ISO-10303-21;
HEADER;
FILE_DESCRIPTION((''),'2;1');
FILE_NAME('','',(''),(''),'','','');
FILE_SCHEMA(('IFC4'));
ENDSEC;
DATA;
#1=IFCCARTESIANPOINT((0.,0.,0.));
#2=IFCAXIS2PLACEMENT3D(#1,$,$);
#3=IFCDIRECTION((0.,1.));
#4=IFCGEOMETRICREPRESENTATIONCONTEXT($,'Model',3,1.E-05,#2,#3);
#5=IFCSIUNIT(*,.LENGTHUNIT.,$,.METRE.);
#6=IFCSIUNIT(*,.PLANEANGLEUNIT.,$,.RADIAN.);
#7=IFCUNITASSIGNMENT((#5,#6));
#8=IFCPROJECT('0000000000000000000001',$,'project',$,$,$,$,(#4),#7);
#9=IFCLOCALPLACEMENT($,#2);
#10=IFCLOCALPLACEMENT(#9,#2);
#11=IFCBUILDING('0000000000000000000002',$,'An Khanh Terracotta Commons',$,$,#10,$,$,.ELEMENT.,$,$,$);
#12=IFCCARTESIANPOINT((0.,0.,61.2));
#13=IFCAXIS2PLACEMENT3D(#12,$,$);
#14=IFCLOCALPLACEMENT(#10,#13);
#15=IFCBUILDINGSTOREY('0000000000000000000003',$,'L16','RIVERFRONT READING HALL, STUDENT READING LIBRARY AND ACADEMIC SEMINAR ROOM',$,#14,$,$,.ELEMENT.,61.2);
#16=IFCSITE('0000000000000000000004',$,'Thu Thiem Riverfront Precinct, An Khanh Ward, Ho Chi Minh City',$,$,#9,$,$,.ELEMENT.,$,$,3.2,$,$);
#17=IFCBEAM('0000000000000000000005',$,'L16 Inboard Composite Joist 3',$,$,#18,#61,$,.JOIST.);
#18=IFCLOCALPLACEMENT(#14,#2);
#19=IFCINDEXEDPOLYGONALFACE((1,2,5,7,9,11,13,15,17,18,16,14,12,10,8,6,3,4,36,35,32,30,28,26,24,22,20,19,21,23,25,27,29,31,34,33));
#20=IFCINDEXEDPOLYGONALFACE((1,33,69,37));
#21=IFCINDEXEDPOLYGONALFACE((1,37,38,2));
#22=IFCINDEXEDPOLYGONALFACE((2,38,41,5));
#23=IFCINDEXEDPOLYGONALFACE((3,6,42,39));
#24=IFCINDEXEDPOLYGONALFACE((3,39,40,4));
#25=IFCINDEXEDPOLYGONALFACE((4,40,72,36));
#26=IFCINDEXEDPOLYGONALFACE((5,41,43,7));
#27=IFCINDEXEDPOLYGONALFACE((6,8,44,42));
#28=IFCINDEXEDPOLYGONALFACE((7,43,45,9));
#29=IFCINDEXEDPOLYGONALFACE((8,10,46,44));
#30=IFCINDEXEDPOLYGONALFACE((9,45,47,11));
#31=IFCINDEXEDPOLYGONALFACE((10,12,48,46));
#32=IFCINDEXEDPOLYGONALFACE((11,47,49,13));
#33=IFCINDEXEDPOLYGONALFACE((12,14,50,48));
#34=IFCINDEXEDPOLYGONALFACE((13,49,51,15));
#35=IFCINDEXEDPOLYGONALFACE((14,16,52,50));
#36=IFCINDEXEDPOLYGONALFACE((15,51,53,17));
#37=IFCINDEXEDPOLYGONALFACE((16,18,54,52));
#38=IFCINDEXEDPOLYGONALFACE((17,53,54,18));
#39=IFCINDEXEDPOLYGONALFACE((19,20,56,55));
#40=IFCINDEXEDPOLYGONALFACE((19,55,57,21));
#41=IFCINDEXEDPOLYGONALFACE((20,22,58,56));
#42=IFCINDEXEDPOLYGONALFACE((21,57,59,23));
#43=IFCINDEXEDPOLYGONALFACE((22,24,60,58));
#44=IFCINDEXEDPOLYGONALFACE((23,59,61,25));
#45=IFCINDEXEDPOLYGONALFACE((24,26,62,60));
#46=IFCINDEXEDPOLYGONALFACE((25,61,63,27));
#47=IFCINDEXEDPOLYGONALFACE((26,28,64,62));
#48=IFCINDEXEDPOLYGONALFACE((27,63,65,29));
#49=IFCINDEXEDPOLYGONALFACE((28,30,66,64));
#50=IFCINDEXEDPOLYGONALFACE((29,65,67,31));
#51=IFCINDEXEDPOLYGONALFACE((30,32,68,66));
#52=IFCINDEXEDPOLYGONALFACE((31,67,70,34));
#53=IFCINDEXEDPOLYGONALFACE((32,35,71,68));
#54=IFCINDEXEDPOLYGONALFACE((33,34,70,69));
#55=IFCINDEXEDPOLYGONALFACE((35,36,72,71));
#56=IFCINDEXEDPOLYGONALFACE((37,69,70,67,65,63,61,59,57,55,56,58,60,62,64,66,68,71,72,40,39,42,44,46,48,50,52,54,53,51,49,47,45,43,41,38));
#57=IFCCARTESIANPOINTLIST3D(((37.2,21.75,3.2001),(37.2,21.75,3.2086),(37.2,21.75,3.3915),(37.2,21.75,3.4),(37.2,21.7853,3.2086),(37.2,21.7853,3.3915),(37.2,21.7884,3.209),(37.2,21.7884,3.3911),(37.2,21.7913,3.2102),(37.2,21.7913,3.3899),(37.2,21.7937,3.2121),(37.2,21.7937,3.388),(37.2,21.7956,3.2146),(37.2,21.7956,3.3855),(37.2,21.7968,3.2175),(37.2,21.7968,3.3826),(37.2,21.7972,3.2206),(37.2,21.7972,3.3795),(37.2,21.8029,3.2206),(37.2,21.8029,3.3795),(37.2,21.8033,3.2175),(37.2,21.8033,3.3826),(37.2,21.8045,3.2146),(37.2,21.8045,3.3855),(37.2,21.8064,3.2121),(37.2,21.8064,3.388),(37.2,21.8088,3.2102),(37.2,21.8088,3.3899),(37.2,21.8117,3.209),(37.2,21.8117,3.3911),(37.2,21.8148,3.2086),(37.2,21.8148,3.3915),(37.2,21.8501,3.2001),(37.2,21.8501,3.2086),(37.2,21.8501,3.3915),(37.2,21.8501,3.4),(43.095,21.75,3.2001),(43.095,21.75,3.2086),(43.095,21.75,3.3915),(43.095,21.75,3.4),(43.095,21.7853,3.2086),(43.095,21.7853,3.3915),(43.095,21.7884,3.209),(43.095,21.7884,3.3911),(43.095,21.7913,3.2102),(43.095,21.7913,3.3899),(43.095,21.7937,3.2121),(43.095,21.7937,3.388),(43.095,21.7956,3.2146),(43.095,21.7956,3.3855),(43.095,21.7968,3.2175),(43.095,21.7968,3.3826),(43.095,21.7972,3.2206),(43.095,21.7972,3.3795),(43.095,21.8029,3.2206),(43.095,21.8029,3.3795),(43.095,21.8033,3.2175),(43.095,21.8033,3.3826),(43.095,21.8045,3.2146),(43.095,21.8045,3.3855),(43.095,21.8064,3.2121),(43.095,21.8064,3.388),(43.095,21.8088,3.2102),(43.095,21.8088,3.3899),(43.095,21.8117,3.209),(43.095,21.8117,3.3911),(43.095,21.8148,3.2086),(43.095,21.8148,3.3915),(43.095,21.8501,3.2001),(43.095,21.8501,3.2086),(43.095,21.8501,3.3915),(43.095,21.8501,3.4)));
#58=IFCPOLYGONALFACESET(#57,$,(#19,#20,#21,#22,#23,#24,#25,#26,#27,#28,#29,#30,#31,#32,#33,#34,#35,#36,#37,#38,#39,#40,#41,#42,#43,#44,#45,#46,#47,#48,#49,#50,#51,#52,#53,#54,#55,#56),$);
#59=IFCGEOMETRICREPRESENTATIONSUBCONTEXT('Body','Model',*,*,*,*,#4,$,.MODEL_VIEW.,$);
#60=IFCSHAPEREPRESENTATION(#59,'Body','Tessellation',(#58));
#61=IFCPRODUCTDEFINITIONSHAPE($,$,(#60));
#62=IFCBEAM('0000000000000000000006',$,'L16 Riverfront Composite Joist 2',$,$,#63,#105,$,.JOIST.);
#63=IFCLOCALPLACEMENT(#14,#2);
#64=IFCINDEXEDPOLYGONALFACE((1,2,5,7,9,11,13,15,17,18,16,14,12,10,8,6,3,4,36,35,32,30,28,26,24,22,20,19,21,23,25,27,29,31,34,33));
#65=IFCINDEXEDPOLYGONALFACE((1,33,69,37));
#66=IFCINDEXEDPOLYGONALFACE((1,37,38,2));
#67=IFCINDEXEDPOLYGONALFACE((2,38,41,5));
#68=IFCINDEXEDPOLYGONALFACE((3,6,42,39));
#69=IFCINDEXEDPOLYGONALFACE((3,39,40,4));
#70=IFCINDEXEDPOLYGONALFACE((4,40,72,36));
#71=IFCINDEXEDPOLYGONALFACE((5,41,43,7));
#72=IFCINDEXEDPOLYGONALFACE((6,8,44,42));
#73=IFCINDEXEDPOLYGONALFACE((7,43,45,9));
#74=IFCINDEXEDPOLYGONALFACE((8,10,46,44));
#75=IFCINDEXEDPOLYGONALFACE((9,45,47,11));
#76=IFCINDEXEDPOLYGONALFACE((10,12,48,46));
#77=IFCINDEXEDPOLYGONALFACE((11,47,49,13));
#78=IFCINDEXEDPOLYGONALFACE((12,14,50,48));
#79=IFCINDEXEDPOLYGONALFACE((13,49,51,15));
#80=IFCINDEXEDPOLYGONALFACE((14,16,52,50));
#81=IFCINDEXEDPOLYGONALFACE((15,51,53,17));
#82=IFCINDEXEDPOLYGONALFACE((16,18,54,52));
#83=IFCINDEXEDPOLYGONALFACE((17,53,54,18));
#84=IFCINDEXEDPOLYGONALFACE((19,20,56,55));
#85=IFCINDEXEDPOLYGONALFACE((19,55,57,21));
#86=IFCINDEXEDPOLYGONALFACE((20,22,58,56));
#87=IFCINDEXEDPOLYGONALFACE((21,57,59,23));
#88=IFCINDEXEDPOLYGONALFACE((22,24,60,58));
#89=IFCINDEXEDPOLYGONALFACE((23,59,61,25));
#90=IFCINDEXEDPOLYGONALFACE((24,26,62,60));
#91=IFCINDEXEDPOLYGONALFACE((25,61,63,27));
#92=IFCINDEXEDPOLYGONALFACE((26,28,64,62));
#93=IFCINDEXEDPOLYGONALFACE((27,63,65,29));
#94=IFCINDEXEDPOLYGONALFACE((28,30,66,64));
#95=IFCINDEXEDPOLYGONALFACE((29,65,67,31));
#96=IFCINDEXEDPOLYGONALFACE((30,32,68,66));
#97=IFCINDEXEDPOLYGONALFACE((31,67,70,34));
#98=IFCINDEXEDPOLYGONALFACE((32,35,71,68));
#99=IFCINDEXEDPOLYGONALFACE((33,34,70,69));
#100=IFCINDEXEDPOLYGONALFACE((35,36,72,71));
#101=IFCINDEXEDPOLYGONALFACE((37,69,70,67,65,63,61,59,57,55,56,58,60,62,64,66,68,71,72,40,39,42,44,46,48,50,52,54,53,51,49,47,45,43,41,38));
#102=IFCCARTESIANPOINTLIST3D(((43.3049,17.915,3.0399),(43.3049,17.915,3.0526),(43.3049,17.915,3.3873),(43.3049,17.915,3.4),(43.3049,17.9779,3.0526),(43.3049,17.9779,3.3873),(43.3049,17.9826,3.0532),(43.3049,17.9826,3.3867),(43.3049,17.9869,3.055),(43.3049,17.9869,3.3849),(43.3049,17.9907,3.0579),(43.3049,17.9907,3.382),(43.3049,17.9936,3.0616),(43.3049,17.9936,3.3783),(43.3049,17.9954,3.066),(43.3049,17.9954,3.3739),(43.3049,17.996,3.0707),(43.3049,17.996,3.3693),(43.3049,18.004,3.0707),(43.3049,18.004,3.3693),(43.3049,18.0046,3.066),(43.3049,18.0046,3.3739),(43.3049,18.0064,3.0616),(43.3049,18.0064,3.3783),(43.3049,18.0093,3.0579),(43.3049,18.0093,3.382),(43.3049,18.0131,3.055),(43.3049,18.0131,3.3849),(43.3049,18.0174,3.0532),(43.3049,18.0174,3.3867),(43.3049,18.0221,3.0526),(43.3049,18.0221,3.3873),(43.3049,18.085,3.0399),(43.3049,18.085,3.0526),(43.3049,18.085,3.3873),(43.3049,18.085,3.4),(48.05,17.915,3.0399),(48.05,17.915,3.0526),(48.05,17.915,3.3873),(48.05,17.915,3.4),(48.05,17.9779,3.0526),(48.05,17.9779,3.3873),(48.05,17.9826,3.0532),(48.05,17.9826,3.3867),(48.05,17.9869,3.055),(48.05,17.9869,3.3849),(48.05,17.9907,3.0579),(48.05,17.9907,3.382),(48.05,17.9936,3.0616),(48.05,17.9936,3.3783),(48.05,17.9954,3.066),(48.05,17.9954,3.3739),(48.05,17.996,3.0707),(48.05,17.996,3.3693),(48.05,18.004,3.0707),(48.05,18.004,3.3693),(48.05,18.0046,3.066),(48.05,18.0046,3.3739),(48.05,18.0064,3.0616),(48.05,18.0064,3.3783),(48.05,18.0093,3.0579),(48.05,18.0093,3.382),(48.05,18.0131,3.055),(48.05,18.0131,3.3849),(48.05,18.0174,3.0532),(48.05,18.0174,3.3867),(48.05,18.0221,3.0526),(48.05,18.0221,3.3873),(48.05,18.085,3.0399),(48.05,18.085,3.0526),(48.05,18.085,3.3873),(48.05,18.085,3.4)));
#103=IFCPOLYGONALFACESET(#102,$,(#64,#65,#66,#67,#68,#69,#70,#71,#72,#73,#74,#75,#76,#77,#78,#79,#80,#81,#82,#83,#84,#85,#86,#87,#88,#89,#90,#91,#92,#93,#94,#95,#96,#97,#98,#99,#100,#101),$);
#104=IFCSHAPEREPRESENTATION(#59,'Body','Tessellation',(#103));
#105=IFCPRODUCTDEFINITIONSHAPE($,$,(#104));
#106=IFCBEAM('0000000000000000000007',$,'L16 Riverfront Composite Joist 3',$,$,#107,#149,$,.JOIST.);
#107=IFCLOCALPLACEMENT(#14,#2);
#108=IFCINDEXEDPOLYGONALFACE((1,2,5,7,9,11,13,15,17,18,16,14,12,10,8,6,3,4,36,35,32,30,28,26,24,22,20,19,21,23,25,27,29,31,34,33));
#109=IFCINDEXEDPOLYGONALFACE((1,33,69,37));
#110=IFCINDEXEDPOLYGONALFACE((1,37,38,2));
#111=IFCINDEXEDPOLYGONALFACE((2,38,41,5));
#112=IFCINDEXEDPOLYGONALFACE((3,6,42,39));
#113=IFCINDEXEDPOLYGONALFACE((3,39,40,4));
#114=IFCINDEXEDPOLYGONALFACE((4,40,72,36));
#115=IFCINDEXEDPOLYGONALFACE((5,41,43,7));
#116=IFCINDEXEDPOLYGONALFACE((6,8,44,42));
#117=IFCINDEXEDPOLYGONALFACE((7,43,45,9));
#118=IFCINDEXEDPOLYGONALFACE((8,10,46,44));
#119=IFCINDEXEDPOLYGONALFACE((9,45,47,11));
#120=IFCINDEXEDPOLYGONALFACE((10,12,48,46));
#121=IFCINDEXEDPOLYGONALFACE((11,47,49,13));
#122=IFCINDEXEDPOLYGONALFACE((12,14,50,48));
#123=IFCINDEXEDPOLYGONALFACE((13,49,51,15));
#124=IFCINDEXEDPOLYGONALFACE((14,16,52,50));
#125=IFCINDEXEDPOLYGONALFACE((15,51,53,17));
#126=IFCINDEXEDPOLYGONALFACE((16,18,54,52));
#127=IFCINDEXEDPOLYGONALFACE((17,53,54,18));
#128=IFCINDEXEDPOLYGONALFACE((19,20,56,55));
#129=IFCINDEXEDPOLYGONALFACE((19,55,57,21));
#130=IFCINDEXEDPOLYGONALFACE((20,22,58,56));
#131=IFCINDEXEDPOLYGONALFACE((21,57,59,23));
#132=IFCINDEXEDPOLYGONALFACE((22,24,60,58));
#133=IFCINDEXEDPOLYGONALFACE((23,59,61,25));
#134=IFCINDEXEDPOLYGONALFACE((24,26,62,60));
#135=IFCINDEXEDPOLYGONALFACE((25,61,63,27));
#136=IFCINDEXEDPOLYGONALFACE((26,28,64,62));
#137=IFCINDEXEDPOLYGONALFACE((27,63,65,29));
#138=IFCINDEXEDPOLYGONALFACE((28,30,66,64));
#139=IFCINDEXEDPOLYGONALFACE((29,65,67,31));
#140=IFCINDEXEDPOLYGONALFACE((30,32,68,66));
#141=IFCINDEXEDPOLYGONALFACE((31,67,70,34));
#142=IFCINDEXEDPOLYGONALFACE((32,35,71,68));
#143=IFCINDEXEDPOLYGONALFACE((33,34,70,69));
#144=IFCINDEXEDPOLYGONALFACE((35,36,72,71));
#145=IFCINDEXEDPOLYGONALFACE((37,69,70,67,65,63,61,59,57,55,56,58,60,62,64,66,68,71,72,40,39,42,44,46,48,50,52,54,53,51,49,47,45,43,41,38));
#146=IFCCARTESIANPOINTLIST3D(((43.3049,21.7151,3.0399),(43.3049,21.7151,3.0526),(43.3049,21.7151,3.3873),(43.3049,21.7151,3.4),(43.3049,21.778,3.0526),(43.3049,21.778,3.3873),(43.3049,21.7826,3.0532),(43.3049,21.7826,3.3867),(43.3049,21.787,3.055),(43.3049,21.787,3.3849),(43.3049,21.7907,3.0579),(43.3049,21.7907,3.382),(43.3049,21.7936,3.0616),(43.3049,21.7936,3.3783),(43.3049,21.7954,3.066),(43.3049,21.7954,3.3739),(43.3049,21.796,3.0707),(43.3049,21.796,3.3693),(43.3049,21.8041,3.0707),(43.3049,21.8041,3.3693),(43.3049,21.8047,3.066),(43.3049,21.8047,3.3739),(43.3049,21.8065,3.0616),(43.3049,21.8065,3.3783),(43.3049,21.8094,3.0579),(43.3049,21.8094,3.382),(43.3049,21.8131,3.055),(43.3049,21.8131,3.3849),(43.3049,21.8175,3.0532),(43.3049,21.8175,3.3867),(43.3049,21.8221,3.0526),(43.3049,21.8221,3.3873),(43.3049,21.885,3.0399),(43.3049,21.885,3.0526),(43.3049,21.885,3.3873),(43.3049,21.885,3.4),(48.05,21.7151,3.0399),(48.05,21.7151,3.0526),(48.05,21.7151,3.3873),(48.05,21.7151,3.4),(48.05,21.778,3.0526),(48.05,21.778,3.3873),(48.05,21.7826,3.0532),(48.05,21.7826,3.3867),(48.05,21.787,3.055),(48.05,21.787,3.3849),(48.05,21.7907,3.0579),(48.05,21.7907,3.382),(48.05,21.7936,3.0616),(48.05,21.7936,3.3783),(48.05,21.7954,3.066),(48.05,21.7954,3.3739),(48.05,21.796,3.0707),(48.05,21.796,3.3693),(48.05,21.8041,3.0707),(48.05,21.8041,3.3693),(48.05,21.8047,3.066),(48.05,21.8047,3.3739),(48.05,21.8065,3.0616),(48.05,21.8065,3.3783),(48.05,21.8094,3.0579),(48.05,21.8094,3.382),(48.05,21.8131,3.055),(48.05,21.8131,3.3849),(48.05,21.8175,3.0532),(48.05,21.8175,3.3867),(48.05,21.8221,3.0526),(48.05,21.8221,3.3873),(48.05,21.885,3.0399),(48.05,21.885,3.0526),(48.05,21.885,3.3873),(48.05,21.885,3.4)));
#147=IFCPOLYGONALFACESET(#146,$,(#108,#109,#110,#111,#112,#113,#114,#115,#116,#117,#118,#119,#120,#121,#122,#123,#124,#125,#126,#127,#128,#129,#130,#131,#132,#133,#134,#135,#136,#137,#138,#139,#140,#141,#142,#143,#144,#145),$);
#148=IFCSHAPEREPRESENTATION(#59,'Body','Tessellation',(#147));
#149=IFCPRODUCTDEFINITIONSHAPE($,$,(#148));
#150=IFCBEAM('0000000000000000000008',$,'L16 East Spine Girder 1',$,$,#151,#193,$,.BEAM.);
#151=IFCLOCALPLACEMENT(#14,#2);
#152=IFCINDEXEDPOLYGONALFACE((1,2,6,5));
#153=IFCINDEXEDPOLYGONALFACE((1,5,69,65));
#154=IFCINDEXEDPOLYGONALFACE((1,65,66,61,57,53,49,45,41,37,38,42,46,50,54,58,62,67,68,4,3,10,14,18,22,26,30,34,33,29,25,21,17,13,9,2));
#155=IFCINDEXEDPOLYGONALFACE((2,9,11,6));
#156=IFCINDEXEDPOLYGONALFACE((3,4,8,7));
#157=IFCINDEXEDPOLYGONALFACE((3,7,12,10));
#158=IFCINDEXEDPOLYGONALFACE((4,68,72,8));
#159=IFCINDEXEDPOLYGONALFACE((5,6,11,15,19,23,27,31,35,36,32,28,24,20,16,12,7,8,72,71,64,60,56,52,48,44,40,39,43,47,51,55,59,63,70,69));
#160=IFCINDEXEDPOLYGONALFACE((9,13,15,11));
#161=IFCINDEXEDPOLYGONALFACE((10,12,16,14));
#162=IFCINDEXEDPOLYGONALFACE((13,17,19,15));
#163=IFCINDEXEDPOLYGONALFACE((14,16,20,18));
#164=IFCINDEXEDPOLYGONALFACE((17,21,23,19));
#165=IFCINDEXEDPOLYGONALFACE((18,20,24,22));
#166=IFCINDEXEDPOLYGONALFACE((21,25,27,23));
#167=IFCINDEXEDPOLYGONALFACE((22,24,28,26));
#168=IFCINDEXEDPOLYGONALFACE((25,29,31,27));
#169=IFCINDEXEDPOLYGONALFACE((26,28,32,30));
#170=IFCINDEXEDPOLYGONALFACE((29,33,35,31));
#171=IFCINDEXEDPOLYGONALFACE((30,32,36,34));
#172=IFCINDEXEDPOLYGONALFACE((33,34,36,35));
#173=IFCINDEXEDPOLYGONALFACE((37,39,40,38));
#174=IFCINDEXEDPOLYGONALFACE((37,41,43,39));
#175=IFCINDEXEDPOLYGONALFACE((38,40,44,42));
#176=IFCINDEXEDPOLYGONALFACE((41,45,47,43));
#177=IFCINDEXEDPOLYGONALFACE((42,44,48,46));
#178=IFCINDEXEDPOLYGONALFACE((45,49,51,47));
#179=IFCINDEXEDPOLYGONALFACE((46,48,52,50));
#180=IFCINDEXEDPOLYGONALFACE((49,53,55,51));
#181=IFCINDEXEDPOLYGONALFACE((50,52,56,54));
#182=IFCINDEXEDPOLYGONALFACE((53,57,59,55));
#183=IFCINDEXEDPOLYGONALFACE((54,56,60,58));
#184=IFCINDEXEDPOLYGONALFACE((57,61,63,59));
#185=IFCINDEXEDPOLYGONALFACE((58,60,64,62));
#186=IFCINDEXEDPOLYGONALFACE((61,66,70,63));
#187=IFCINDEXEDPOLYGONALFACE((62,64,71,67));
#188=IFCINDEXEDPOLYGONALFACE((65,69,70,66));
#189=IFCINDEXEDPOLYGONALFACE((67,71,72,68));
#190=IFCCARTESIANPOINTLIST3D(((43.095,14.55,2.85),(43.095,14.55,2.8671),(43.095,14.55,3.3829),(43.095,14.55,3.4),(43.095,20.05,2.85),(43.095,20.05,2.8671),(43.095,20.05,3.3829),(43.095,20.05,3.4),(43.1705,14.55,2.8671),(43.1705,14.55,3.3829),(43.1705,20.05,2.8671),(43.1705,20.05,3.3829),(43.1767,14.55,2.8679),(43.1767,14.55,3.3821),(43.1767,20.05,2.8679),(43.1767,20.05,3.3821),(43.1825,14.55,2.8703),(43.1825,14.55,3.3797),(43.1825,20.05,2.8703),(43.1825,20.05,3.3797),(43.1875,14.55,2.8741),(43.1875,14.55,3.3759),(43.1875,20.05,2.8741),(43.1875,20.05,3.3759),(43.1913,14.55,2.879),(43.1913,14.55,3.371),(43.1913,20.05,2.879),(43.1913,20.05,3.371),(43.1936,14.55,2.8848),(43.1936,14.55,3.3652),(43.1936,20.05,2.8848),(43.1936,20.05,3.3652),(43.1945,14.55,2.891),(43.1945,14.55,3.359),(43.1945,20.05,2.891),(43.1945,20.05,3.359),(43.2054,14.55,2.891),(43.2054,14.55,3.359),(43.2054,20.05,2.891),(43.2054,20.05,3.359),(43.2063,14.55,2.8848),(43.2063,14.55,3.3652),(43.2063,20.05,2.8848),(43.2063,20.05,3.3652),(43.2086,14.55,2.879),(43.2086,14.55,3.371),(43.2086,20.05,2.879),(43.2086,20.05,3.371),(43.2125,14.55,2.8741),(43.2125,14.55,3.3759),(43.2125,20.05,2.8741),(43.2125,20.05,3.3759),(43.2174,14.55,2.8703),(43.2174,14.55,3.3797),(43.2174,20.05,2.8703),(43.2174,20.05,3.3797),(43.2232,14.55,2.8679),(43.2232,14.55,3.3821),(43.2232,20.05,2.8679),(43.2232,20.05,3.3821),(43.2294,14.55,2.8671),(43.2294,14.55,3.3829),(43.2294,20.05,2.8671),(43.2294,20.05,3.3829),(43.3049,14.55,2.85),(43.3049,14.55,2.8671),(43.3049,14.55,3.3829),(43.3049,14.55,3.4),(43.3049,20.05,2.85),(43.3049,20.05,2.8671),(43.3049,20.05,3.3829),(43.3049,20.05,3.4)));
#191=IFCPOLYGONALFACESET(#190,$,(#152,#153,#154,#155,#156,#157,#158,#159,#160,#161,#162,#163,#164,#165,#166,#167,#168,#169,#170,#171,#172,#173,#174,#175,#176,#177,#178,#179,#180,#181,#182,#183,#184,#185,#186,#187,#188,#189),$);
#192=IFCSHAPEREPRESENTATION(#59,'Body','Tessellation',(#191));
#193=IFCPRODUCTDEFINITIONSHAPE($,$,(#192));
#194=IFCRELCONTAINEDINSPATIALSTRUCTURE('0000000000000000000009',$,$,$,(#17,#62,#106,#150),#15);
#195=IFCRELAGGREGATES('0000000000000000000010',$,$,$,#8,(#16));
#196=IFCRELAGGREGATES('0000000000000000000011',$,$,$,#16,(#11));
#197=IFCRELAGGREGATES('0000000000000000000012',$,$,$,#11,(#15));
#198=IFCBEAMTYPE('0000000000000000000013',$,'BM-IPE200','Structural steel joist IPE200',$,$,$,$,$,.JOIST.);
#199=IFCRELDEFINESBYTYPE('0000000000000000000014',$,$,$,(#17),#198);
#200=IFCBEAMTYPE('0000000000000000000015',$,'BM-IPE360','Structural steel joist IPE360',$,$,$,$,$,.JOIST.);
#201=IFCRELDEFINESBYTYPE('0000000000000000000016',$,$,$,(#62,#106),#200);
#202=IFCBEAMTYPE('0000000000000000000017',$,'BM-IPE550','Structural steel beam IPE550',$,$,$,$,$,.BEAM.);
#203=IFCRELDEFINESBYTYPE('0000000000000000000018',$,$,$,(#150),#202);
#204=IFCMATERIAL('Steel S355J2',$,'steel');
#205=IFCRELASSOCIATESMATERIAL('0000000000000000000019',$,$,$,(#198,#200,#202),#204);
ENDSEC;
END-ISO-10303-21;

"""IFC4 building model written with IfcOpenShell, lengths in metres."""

from ifc_helpers import new_model, si_unit, direction, frame, origin, origin_2d, place, context, subcontext, project, spatial, i_section, extrude, material, material_profile, profile_set, type_object, element, save


model = new_model("IFC4")

# Units and contexts
model_context = context("Model", 3, precision=1e-05, world=origin(), true_north=direction((0.0, 1.0)))
body_context = subcontext(model_context, "Body", "Model", "MODEL_VIEW")
ifc_project = project(units=[si_unit("LENGTHUNIT", "METRE"), si_unit("PLANEANGLEUNIT", "RADIAN")], contexts=[model_context])

# Site, building, storey
site_placement = place(None, origin())
site = spatial("IfcSite", under=ifc_project, at=site_placement, Name="Thu Thiem Riverfront Precinct, An Khanh Ward, Ho Chi Minh City", CompositionType="ELEMENT", RefElevation=3.2)
building_placement = place(site_placement, origin())
building = spatial("IfcBuilding", under=site, at=building_placement, Name="An Khanh Terracotta Commons", CompositionType="ELEMENT")
storey_placement = place(building_placement, frame((0.0, 0.0, 61.2)))
storey = spatial("IfcBuildingStorey", under=building, at=storey_placement, Name="L16", Description="RIVERFRONT READING HALL, STUDENT READING LIBRARY AND ACADEMIC SEMINAR ROOM", CompositionType="ELEMENT", Elevation=61.2)

# Beams
ifc_material_1 = material(Name="Steel S355J2", Category="steel")
ifc_material_profile_1 = material_profile(ifc_material_1, i_section(OverallWidth=0.1001, OverallDepth=0.2, WebThickness=0.0056, FlangeThickness=0.0085, FilletRadius=0.012, at=origin_2d()), Name="IPE200")
ifc_profile_set_1 = profile_set([ifc_material_profile_1], Name="Steel S355J2")
beam_type_1 = type_object("IfcBeamType", Name="BM-IPE200", Description="Structural steel joist IPE200", PredefinedType="JOIST", material=ifc_profile_set_1)
for number, where, z_axis, x_axis, name in (
    (1, (37.2, 21.8, 3.3), (1.0, 0.0, 0.0), (0.0, 1.0, 0.0), "L16 Inboard Composite Joist 3"),
):
    element("IfcBeam", number, at=place(storey_placement, frame(where, z_axis=z_axis, x_axis=x_axis)), inside=storey, type_object=beam_type_1, Name=name, PredefinedType="JOIST", context=body_context, shape_type="SweptSolid", body=[
        extrude(i_section(OverallWidth=0.1001, OverallDepth=0.2, WebThickness=0.0056, FlangeThickness=0.0085, FilletRadius=0.012, at=origin_2d()), origin(), (0.0, 0.0, 1.0), 5.895),
    ])
ifc_material_profile_2 = material_profile(ifc_material_1, i_section(OverallWidth=0.1699, OverallDepth=0.3601, WebThickness=0.0081, FlangeThickness=0.0127, FilletRadius=0.0181, at=origin_2d()), Name="IPE360")
ifc_profile_set_2 = profile_set([ifc_material_profile_2], Name="Steel S355J2")
beam_type_2 = type_object("IfcBeamType", Name="BM-IPE360", Description="Structural steel joist IPE360", PredefinedType="JOIST", material=ifc_profile_set_2)
for number, where, z_axis, x_axis, name in (
    (2, (43.3049, 18.0, 3.22), (1.0, 0.0, 0.0), (0.0, 1.0, 0.0), "L16 Riverfront Composite Joist 2"),
    (3, (43.3049, 21.8, 3.22), (1.0, 0.0, 0.0), (0.0, 1.0, 0.0), "L16 Riverfront Composite Joist 3"),
):
    element("IfcBeam", number, at=place(storey_placement, frame(where, z_axis=z_axis, x_axis=x_axis)), inside=storey, type_object=beam_type_2, Name=name, PredefinedType="JOIST", context=body_context, shape_type="SweptSolid", body=[
        extrude(i_section(OverallWidth=0.1699, OverallDepth=0.3601, WebThickness=0.0081, FlangeThickness=0.0127, FilletRadius=0.0181, at=origin_2d()), origin(), (0.0, 0.0, 1.0), 4.7451),
    ])
ifc_material_profile_3 = material_profile(ifc_material_1, i_section(OverallWidth=0.21, OverallDepth=0.55, WebThickness=0.011, FlangeThickness=0.0171, FilletRadius=0.0239, at=origin_2d()), Name="IPE550")
ifc_profile_set_3 = profile_set([ifc_material_profile_3], Name="Steel S355J2")
beam_type_3 = type_object("IfcBeamType", Name="BM-IPE550", Description="Structural steel beam IPE550", PredefinedType="BEAM", material=ifc_profile_set_3)
beam_1_placement = place(storey_placement, frame((43.2, 14.55, 3.125), z_axis=(0.0, 1.0, 0.0), x_axis=(-1.0, 0.0, 0.0)))
element("IfcBeam", 4, at=beam_1_placement, inside=storey, type_object=beam_type_3, Name="L16 East Spine Girder 1", PredefinedType="BEAM", context=body_context, shape_type="SweptSolid", body=[
    extrude(i_section(OverallWidth=0.21, OverallDepth=0.55, WebThickness=0.011, FlangeThickness=0.0171, FilletRadius=0.0239, at=origin_2d()), origin(), (0.0, 0.0, 1.0), 5.5),
])

save(model, "model.ifc")
